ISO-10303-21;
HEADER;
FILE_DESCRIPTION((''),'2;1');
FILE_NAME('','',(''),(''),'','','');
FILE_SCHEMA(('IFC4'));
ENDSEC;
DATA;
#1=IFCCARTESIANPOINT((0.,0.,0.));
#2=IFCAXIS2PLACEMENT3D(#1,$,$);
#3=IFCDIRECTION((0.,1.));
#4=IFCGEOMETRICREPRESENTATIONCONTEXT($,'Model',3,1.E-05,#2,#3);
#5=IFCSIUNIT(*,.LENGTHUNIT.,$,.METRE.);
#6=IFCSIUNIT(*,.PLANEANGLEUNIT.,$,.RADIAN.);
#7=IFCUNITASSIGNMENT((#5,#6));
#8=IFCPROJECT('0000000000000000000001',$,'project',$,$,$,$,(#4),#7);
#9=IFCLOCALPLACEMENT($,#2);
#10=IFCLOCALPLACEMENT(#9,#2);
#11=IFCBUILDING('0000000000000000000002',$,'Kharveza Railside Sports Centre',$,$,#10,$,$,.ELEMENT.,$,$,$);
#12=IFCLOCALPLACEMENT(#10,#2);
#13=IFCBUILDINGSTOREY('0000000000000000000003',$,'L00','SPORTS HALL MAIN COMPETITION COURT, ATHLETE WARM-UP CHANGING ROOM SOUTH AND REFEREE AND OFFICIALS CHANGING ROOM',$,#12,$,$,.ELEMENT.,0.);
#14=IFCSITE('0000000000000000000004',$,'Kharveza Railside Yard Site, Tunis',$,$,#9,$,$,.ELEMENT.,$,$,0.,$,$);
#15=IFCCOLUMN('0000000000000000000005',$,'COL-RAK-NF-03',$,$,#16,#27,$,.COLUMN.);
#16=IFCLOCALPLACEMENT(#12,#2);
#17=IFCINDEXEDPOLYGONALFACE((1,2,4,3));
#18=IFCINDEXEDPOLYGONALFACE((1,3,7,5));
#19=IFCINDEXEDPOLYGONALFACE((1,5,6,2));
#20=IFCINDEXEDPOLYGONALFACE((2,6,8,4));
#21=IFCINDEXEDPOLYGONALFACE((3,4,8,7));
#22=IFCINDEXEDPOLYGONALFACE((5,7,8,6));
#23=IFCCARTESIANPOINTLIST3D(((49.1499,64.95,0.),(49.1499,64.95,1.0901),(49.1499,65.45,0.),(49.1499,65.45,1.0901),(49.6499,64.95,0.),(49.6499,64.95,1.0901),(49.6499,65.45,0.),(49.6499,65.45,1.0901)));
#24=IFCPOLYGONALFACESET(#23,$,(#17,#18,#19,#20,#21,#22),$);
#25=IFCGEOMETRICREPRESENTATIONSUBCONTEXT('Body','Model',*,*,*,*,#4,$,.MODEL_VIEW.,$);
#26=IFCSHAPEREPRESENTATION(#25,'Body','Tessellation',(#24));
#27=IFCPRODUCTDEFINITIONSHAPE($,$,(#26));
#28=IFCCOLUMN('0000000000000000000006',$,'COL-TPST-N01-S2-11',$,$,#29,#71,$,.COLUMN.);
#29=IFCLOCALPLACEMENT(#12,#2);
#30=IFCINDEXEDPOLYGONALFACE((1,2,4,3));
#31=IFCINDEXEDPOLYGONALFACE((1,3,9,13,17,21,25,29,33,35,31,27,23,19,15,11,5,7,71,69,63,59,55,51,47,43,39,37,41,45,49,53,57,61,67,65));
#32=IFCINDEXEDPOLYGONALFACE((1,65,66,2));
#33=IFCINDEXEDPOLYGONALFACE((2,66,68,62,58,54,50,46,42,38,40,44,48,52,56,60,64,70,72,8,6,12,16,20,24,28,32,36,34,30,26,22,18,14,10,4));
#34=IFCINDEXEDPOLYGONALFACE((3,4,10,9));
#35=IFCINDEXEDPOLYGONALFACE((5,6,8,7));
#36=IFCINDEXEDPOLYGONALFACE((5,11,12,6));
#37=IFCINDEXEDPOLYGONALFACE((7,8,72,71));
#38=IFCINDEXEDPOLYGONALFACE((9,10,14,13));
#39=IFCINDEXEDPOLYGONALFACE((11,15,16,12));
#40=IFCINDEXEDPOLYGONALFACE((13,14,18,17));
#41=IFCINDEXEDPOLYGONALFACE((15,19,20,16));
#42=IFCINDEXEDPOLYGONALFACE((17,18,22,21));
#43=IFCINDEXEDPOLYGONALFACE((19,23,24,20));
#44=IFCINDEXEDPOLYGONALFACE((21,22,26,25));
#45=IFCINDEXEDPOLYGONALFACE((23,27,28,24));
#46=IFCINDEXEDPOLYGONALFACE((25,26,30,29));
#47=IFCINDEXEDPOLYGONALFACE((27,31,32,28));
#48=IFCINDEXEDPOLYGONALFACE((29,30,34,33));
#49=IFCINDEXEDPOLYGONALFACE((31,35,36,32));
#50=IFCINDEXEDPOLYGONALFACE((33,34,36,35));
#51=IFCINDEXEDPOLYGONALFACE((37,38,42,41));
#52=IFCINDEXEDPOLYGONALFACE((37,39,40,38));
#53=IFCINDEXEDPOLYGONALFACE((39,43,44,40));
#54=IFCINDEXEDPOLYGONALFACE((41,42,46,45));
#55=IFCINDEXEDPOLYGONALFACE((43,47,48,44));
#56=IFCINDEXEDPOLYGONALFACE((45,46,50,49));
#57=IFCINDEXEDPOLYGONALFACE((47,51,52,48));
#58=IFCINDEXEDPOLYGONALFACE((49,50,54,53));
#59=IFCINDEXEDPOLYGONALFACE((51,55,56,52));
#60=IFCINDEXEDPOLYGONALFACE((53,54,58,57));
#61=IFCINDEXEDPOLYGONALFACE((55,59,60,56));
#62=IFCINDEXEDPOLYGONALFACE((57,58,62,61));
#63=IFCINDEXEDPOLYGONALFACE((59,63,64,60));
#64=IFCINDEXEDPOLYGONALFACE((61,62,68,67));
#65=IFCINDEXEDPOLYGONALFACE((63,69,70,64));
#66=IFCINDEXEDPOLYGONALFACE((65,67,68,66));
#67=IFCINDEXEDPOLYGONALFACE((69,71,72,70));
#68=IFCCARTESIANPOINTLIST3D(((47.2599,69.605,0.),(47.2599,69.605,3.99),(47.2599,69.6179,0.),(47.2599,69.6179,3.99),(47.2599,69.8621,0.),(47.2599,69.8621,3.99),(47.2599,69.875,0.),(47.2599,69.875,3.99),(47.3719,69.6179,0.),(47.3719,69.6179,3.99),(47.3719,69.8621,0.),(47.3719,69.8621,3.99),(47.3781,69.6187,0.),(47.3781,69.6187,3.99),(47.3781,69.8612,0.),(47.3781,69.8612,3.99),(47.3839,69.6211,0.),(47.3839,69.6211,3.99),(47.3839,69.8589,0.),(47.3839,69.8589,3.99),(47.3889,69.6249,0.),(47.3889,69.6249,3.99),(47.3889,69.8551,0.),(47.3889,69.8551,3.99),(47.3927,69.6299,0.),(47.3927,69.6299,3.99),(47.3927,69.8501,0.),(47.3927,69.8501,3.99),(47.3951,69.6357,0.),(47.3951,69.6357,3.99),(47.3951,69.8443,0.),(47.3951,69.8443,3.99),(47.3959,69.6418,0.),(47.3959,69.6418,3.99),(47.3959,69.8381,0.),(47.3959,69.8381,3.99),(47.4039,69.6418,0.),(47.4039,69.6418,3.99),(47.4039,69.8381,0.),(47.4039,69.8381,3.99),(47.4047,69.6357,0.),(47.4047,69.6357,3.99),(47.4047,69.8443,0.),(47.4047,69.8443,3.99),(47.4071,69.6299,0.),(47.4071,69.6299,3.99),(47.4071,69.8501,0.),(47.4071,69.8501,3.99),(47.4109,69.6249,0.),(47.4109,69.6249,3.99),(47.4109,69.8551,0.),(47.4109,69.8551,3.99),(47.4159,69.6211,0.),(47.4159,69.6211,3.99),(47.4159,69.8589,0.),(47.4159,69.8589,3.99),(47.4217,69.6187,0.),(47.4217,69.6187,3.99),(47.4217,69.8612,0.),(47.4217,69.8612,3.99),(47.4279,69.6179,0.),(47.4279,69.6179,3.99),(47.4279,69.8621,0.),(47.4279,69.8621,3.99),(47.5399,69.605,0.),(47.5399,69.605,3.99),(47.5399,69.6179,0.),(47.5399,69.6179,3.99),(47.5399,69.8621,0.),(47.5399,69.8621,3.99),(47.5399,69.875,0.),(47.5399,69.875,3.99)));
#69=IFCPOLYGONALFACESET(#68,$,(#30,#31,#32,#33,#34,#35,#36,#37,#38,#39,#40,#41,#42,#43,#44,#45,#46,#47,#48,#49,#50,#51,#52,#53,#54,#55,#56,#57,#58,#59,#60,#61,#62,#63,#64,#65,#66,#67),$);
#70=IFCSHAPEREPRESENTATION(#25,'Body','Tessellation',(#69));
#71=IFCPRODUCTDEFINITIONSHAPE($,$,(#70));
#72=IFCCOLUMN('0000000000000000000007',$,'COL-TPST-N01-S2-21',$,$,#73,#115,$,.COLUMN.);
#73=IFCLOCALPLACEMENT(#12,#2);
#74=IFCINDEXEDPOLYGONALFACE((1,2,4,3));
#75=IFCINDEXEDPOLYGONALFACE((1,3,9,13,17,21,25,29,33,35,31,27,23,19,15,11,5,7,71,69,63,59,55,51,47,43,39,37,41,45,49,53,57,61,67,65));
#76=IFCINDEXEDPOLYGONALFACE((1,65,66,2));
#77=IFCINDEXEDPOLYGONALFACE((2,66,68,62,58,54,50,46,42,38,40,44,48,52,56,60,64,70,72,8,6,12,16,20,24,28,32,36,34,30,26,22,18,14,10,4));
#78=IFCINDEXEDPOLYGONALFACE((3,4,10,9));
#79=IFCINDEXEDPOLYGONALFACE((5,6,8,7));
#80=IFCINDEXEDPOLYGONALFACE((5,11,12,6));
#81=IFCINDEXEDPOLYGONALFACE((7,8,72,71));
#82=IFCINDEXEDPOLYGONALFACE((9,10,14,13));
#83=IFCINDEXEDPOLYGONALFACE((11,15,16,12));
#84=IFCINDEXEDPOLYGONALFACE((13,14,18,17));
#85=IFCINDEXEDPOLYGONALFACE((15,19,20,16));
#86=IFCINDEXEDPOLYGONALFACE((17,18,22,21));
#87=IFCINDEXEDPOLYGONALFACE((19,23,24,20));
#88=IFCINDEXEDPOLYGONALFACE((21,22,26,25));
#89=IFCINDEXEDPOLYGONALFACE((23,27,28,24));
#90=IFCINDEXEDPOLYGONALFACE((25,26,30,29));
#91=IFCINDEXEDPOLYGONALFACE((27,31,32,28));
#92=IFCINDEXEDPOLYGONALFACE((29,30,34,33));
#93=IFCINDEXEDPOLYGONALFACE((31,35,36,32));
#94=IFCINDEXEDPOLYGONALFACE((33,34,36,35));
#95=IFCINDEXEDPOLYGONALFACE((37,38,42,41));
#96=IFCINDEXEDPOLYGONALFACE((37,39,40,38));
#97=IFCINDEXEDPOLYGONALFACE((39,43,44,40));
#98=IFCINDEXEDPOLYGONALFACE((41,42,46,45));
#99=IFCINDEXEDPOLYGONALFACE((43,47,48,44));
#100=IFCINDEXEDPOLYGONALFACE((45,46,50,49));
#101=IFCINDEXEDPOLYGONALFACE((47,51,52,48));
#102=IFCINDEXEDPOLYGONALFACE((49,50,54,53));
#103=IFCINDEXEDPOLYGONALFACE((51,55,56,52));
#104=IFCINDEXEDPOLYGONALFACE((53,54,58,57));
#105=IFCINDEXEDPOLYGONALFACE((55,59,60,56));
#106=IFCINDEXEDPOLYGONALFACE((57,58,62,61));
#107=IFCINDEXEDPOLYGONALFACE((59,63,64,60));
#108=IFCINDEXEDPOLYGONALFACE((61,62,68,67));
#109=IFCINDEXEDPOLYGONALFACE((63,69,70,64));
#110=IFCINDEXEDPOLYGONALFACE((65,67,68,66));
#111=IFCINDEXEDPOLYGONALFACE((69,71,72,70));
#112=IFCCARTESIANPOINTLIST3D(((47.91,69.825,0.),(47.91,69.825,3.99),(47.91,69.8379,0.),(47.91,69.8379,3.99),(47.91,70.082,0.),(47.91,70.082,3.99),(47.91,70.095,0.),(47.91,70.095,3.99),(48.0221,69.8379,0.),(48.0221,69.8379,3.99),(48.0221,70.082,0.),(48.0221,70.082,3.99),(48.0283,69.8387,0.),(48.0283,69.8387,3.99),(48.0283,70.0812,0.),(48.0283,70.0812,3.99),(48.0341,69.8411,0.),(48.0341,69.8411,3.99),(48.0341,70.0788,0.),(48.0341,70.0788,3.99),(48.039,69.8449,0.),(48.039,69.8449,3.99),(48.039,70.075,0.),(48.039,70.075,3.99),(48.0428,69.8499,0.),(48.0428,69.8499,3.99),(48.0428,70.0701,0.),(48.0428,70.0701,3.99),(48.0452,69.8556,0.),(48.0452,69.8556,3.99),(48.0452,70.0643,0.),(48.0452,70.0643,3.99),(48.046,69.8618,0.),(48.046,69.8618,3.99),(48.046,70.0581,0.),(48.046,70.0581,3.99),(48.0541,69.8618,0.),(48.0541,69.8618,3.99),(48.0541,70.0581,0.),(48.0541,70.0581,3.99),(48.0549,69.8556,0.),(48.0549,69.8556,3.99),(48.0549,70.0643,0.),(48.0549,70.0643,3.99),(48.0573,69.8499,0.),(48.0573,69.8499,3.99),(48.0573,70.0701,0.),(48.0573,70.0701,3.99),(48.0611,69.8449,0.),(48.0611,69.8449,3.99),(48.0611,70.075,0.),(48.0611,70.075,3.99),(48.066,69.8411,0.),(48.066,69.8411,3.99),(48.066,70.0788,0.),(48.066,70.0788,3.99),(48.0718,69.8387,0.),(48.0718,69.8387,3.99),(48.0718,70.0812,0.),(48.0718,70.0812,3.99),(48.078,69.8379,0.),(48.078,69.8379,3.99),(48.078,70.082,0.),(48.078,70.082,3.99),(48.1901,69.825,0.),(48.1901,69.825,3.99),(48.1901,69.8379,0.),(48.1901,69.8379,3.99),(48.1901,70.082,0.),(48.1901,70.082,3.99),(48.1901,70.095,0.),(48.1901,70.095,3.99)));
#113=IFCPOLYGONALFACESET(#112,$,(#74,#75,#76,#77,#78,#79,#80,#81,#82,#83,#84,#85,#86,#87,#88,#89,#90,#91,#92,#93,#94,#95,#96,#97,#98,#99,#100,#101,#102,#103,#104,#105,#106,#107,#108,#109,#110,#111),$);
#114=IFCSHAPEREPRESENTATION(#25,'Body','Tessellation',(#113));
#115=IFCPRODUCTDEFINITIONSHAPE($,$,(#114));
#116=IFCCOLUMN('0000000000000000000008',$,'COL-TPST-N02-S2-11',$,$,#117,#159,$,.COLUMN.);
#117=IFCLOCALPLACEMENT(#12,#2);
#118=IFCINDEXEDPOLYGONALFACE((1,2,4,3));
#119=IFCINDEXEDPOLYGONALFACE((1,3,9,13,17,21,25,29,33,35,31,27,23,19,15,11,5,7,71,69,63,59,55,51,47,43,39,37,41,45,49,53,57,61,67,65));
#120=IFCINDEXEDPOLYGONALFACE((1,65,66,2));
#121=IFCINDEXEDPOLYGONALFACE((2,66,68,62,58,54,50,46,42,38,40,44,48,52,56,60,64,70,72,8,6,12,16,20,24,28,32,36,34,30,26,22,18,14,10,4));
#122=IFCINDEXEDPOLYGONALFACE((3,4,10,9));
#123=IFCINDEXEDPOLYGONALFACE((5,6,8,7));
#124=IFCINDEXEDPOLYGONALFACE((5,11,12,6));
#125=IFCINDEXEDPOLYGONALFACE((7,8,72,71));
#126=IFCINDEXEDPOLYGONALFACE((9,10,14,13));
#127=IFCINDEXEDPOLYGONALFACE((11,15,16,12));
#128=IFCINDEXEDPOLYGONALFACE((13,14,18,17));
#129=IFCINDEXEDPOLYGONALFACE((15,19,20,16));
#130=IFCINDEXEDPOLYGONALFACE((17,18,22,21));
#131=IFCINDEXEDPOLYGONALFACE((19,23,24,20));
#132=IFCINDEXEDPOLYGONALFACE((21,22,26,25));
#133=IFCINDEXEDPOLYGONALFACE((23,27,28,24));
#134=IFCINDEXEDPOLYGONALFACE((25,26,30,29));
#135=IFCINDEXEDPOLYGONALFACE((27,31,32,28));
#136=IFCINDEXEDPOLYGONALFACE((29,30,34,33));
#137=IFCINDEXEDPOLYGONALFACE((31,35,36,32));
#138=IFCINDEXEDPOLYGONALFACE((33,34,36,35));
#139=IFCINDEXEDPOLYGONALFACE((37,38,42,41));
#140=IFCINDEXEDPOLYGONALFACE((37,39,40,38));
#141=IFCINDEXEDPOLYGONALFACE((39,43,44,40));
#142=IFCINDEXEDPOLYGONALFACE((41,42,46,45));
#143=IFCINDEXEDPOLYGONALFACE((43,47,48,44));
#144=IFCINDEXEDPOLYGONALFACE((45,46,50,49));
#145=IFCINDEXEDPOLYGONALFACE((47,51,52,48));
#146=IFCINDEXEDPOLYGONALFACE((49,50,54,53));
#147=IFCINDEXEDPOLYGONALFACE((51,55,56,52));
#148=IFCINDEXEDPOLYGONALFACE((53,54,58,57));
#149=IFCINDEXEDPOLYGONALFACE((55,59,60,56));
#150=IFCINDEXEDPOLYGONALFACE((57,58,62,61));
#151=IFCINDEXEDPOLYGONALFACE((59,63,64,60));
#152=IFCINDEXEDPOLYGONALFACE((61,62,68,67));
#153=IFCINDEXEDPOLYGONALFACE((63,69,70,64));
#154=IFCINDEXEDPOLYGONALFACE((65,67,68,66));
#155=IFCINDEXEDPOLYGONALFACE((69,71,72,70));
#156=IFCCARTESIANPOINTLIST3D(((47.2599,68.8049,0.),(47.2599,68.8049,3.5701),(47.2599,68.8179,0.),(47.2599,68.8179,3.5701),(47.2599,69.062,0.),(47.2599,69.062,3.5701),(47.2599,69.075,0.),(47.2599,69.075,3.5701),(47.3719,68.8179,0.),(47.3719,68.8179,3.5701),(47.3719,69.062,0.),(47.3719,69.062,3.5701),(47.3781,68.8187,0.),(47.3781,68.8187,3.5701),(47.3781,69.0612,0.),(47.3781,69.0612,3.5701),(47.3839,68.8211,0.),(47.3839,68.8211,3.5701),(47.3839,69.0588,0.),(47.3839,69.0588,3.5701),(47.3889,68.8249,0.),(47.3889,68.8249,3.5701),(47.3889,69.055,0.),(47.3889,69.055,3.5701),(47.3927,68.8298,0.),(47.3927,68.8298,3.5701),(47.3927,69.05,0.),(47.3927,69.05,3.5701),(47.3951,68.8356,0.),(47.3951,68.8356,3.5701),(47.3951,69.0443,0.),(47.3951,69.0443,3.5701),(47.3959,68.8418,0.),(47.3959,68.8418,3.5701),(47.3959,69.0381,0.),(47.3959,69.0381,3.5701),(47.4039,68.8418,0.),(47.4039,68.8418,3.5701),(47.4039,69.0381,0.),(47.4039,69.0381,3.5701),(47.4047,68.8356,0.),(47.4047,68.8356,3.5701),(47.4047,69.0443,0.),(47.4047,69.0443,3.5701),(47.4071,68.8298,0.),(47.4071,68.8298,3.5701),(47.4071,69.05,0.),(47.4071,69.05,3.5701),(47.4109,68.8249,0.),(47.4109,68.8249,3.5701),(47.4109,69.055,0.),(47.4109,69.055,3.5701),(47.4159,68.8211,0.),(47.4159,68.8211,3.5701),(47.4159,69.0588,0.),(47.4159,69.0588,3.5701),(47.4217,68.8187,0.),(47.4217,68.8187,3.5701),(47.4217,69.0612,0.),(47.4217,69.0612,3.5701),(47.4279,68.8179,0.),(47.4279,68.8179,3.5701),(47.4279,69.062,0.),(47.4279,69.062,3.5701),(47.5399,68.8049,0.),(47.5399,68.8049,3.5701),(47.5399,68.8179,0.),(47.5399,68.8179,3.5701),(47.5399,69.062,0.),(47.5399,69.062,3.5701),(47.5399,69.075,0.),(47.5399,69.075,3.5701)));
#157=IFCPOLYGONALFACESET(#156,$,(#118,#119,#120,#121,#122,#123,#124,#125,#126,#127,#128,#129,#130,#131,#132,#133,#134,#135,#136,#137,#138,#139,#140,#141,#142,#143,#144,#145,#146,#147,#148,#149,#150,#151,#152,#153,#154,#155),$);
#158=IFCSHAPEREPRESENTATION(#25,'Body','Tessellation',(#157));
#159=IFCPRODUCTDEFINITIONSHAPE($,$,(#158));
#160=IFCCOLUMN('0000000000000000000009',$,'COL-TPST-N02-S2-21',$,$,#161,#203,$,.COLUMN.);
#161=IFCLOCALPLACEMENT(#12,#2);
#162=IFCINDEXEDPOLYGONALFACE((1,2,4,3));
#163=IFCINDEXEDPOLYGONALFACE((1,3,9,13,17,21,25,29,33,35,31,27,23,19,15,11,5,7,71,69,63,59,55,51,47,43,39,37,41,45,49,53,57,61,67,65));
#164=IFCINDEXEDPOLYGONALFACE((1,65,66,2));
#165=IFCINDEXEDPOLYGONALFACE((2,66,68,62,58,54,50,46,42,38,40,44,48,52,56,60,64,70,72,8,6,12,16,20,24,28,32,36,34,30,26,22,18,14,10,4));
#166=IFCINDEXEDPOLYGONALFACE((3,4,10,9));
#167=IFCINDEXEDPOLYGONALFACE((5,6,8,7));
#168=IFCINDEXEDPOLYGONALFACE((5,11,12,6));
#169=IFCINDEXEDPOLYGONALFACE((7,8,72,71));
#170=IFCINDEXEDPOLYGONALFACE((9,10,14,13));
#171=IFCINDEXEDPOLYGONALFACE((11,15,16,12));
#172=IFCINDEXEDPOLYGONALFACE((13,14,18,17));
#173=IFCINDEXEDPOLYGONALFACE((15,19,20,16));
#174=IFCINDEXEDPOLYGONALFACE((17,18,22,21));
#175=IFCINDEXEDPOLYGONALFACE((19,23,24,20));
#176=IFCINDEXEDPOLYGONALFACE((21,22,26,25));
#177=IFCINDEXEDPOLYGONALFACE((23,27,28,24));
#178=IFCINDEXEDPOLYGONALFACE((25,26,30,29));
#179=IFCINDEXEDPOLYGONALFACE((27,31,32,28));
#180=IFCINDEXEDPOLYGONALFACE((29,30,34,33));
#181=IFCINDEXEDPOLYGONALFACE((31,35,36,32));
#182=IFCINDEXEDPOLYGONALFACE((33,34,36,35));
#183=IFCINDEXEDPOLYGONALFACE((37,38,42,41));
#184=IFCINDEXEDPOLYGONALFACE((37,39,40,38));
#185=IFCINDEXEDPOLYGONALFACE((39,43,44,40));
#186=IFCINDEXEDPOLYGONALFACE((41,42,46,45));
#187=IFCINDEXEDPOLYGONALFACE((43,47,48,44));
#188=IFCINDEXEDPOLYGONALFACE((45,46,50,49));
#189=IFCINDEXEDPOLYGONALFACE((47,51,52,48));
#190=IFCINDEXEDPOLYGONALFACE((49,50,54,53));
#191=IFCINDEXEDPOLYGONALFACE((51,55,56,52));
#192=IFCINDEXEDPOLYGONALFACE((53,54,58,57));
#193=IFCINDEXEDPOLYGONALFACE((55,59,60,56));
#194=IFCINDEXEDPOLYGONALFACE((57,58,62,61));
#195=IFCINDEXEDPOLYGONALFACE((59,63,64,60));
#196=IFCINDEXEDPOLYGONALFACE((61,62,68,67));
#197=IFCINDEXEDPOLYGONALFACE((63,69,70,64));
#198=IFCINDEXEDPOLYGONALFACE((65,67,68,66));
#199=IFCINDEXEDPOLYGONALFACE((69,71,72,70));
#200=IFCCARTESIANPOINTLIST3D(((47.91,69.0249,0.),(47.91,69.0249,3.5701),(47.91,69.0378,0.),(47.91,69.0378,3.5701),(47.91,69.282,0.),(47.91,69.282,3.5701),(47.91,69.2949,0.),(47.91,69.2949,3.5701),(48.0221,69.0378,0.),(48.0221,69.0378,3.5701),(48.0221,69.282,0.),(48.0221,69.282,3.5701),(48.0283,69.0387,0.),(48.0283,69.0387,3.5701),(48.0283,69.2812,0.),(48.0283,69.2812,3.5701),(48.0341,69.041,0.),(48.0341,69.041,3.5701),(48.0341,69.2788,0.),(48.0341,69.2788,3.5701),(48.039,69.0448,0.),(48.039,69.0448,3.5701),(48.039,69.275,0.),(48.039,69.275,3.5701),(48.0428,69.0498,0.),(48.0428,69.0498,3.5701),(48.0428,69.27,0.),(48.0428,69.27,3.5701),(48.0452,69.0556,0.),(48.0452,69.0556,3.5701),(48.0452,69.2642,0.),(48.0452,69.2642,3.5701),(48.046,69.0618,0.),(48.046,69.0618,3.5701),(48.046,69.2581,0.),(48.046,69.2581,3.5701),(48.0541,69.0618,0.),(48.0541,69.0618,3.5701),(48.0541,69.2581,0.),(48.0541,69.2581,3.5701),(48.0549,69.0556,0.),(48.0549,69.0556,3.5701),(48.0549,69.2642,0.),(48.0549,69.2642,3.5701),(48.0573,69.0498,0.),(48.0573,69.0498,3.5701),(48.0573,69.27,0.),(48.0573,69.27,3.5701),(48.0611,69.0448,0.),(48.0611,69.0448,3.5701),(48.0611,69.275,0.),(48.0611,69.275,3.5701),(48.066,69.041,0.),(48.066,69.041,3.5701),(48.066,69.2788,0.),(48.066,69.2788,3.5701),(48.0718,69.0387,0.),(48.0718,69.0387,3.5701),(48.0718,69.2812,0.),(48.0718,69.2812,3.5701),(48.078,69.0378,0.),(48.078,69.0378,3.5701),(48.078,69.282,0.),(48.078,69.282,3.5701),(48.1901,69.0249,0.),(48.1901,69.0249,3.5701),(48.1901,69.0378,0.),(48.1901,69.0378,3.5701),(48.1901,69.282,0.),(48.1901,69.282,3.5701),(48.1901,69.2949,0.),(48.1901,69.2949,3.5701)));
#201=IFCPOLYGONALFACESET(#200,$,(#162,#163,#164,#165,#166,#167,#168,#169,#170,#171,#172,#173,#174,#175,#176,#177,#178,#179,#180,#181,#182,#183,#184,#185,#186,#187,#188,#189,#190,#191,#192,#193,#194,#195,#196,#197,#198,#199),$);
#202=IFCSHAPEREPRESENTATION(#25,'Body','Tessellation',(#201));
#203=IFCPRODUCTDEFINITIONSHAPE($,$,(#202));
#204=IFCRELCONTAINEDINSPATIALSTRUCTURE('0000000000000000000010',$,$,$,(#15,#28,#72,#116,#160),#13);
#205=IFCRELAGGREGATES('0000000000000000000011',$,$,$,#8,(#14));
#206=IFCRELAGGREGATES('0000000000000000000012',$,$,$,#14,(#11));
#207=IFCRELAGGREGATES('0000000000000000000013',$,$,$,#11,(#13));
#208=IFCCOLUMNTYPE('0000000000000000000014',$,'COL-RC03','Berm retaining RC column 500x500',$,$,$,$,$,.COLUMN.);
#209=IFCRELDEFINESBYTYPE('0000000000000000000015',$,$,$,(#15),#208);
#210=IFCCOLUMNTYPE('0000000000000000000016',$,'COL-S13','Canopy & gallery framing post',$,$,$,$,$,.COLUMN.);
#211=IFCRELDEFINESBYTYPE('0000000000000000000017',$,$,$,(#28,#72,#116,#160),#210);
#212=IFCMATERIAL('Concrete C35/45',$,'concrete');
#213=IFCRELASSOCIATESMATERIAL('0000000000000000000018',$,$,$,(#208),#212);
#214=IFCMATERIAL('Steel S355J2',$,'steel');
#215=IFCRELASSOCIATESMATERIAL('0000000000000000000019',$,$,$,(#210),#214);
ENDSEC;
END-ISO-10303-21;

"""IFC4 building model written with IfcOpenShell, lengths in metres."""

from ifc_helpers import new_model, si_unit, direction, frame, origin, origin_2d, place, context, subcontext, project, spatial, rectangle, i_section, extrude, material, material_profile, profile_set, type_object, element, save


model = new_model("IFC4")

# Units and contexts
model_context = context("Model", 3, precision=1e-05, world=origin(), true_north=direction((0.0, 1.0)))
body_context = subcontext(model_context, "Body", "Model", "MODEL_VIEW")
ifc_project = project(units=[si_unit("LENGTHUNIT", "METRE"), si_unit("PLANEANGLEUNIT", "RADIAN")], contexts=[model_context])

# Site, building, storey
site_placement = place(None, origin())
site = spatial("IfcSite", under=ifc_project, at=site_placement, Name="Kharveza Railside Yard Site, Tunis", CompositionType="ELEMENT", RefElevation=0.0)
building_placement = place(site_placement, origin())
building = spatial("IfcBuilding", under=site, at=building_placement, Name="Kharveza Railside Sports Centre", CompositionType="ELEMENT")
storey_placement = place(building_placement, origin())
storey = spatial("IfcBuildingStorey", under=building, at=storey_placement, Name="L00", Description="SPORTS HALL MAIN COMPETITION COURT, ATHLETE WARM-UP CHANGING ROOM SOUTH AND REFEREE AND OFFICIALS CHANGING ROOM", CompositionType="ELEMENT", Elevation=0.0)

# Columns
ifc_material_1 = material(Name="Concrete C35/45", Category="concrete")
ifc_material_profile_1 = material_profile(ifc_material_1, rectangle(XDim=0.5, YDim=0.5, at=origin_2d()), Name="RC 500x500")
ifc_profile_set_1 = profile_set([ifc_material_profile_1], Name="Concrete C35/45")
column_type_1 = type_object("IfcColumnType", Name="COL-RC03", Description="Berm retaining RC column 500x500", PredefinedType="COLUMN", material=ifc_profile_set_1)
column_1_placement = place(storey_placement, frame((49.3999, 65.2, 0.0), z_axis=(0.0, 0.0, 1.0), x_axis=(1.0, 0.0, 0.0)))
element("IfcColumn", 1, at=column_1_placement, inside=storey, type_object=column_type_1, Name="COL-RAK-NF-03", PredefinedType="COLUMN", context=body_context, shape_type="SweptSolid", body=[
    extrude(rectangle(XDim=0.5, YDim=0.5, at=origin_2d()), origin(), (0.0, 0.0, 1.0), 1.0901),
])
ifc_material_2 = material(Name="Steel S355J2", Category="steel")
ifc_material_profile_2 = material_profile(ifc_material_2, i_section(OverallWidth=0.28, OverallDepth=0.27, WebThickness=0.0081, FlangeThickness=0.0129, FilletRadius=0.0239, at=origin_2d()), Name="HEA 280")
ifc_profile_set_2 = profile_set([ifc_material_profile_2], Name="Steel S355J2")
column_type_2 = type_object("IfcColumnType", Name="COL-S13", Description="Canopy & gallery framing post", PredefinedType="COLUMN", material=ifc_profile_set_2)
for number, where, z_axis, x_axis, name in (
    (2, (47.3999, 69.74, 0.0), (0.0, 0.0, 1.0), (1.0, 0.0, 0.0), "COL-TPST-N01-S2-11"),
    (3, (48.05, 69.96, 0.0), (0.0, 0.0, 1.0), (1.0, 0.0, 0.0), "COL-TPST-N01-S2-21"),
):
    element("IfcColumn", number, at=place(storey_placement, frame(where, z_axis=z_axis, x_axis=x_axis)), inside=storey, type_object=column_type_2, Name=name, PredefinedType="COLUMN", context=body_context, shape_type="SweptSolid", body=[
        extrude(i_section(OverallWidth=0.28, OverallDepth=0.27, WebThickness=0.0081, FlangeThickness=0.0129, FilletRadius=0.0239, at=origin_2d()), origin(), (0.0, 0.0, 1.0), 3.99),
    ])
for number, where, z_axis, x_axis, name in (
    (4, (47.3999, 68.9399, 0.0), (0.0, 0.0, 1.0), (1.0, 0.0, 0.0), "COL-TPST-N02-S2-11"),
    (5, (48.05, 69.1599, 0.0), (0.0, 0.0, 1.0), (1.0, 0.0, 0.0), "COL-TPST-N02-S2-21"),
):
    element("IfcColumn", number, at=place(storey_placement, frame(where, z_axis=z_axis, x_axis=x_axis)), inside=storey, type_object=column_type_2, Name=name, PredefinedType="COLUMN", context=body_context, shape_type="SweptSolid", body=[
        extrude(i_section(OverallWidth=0.28, OverallDepth=0.27, WebThickness=0.0081, FlangeThickness=0.0129, FilletRadius=0.0239, at=origin_2d()), origin(), (0.0, 0.0, 1.0), 3.5701),
    ])

save(model, "model.ifc")
